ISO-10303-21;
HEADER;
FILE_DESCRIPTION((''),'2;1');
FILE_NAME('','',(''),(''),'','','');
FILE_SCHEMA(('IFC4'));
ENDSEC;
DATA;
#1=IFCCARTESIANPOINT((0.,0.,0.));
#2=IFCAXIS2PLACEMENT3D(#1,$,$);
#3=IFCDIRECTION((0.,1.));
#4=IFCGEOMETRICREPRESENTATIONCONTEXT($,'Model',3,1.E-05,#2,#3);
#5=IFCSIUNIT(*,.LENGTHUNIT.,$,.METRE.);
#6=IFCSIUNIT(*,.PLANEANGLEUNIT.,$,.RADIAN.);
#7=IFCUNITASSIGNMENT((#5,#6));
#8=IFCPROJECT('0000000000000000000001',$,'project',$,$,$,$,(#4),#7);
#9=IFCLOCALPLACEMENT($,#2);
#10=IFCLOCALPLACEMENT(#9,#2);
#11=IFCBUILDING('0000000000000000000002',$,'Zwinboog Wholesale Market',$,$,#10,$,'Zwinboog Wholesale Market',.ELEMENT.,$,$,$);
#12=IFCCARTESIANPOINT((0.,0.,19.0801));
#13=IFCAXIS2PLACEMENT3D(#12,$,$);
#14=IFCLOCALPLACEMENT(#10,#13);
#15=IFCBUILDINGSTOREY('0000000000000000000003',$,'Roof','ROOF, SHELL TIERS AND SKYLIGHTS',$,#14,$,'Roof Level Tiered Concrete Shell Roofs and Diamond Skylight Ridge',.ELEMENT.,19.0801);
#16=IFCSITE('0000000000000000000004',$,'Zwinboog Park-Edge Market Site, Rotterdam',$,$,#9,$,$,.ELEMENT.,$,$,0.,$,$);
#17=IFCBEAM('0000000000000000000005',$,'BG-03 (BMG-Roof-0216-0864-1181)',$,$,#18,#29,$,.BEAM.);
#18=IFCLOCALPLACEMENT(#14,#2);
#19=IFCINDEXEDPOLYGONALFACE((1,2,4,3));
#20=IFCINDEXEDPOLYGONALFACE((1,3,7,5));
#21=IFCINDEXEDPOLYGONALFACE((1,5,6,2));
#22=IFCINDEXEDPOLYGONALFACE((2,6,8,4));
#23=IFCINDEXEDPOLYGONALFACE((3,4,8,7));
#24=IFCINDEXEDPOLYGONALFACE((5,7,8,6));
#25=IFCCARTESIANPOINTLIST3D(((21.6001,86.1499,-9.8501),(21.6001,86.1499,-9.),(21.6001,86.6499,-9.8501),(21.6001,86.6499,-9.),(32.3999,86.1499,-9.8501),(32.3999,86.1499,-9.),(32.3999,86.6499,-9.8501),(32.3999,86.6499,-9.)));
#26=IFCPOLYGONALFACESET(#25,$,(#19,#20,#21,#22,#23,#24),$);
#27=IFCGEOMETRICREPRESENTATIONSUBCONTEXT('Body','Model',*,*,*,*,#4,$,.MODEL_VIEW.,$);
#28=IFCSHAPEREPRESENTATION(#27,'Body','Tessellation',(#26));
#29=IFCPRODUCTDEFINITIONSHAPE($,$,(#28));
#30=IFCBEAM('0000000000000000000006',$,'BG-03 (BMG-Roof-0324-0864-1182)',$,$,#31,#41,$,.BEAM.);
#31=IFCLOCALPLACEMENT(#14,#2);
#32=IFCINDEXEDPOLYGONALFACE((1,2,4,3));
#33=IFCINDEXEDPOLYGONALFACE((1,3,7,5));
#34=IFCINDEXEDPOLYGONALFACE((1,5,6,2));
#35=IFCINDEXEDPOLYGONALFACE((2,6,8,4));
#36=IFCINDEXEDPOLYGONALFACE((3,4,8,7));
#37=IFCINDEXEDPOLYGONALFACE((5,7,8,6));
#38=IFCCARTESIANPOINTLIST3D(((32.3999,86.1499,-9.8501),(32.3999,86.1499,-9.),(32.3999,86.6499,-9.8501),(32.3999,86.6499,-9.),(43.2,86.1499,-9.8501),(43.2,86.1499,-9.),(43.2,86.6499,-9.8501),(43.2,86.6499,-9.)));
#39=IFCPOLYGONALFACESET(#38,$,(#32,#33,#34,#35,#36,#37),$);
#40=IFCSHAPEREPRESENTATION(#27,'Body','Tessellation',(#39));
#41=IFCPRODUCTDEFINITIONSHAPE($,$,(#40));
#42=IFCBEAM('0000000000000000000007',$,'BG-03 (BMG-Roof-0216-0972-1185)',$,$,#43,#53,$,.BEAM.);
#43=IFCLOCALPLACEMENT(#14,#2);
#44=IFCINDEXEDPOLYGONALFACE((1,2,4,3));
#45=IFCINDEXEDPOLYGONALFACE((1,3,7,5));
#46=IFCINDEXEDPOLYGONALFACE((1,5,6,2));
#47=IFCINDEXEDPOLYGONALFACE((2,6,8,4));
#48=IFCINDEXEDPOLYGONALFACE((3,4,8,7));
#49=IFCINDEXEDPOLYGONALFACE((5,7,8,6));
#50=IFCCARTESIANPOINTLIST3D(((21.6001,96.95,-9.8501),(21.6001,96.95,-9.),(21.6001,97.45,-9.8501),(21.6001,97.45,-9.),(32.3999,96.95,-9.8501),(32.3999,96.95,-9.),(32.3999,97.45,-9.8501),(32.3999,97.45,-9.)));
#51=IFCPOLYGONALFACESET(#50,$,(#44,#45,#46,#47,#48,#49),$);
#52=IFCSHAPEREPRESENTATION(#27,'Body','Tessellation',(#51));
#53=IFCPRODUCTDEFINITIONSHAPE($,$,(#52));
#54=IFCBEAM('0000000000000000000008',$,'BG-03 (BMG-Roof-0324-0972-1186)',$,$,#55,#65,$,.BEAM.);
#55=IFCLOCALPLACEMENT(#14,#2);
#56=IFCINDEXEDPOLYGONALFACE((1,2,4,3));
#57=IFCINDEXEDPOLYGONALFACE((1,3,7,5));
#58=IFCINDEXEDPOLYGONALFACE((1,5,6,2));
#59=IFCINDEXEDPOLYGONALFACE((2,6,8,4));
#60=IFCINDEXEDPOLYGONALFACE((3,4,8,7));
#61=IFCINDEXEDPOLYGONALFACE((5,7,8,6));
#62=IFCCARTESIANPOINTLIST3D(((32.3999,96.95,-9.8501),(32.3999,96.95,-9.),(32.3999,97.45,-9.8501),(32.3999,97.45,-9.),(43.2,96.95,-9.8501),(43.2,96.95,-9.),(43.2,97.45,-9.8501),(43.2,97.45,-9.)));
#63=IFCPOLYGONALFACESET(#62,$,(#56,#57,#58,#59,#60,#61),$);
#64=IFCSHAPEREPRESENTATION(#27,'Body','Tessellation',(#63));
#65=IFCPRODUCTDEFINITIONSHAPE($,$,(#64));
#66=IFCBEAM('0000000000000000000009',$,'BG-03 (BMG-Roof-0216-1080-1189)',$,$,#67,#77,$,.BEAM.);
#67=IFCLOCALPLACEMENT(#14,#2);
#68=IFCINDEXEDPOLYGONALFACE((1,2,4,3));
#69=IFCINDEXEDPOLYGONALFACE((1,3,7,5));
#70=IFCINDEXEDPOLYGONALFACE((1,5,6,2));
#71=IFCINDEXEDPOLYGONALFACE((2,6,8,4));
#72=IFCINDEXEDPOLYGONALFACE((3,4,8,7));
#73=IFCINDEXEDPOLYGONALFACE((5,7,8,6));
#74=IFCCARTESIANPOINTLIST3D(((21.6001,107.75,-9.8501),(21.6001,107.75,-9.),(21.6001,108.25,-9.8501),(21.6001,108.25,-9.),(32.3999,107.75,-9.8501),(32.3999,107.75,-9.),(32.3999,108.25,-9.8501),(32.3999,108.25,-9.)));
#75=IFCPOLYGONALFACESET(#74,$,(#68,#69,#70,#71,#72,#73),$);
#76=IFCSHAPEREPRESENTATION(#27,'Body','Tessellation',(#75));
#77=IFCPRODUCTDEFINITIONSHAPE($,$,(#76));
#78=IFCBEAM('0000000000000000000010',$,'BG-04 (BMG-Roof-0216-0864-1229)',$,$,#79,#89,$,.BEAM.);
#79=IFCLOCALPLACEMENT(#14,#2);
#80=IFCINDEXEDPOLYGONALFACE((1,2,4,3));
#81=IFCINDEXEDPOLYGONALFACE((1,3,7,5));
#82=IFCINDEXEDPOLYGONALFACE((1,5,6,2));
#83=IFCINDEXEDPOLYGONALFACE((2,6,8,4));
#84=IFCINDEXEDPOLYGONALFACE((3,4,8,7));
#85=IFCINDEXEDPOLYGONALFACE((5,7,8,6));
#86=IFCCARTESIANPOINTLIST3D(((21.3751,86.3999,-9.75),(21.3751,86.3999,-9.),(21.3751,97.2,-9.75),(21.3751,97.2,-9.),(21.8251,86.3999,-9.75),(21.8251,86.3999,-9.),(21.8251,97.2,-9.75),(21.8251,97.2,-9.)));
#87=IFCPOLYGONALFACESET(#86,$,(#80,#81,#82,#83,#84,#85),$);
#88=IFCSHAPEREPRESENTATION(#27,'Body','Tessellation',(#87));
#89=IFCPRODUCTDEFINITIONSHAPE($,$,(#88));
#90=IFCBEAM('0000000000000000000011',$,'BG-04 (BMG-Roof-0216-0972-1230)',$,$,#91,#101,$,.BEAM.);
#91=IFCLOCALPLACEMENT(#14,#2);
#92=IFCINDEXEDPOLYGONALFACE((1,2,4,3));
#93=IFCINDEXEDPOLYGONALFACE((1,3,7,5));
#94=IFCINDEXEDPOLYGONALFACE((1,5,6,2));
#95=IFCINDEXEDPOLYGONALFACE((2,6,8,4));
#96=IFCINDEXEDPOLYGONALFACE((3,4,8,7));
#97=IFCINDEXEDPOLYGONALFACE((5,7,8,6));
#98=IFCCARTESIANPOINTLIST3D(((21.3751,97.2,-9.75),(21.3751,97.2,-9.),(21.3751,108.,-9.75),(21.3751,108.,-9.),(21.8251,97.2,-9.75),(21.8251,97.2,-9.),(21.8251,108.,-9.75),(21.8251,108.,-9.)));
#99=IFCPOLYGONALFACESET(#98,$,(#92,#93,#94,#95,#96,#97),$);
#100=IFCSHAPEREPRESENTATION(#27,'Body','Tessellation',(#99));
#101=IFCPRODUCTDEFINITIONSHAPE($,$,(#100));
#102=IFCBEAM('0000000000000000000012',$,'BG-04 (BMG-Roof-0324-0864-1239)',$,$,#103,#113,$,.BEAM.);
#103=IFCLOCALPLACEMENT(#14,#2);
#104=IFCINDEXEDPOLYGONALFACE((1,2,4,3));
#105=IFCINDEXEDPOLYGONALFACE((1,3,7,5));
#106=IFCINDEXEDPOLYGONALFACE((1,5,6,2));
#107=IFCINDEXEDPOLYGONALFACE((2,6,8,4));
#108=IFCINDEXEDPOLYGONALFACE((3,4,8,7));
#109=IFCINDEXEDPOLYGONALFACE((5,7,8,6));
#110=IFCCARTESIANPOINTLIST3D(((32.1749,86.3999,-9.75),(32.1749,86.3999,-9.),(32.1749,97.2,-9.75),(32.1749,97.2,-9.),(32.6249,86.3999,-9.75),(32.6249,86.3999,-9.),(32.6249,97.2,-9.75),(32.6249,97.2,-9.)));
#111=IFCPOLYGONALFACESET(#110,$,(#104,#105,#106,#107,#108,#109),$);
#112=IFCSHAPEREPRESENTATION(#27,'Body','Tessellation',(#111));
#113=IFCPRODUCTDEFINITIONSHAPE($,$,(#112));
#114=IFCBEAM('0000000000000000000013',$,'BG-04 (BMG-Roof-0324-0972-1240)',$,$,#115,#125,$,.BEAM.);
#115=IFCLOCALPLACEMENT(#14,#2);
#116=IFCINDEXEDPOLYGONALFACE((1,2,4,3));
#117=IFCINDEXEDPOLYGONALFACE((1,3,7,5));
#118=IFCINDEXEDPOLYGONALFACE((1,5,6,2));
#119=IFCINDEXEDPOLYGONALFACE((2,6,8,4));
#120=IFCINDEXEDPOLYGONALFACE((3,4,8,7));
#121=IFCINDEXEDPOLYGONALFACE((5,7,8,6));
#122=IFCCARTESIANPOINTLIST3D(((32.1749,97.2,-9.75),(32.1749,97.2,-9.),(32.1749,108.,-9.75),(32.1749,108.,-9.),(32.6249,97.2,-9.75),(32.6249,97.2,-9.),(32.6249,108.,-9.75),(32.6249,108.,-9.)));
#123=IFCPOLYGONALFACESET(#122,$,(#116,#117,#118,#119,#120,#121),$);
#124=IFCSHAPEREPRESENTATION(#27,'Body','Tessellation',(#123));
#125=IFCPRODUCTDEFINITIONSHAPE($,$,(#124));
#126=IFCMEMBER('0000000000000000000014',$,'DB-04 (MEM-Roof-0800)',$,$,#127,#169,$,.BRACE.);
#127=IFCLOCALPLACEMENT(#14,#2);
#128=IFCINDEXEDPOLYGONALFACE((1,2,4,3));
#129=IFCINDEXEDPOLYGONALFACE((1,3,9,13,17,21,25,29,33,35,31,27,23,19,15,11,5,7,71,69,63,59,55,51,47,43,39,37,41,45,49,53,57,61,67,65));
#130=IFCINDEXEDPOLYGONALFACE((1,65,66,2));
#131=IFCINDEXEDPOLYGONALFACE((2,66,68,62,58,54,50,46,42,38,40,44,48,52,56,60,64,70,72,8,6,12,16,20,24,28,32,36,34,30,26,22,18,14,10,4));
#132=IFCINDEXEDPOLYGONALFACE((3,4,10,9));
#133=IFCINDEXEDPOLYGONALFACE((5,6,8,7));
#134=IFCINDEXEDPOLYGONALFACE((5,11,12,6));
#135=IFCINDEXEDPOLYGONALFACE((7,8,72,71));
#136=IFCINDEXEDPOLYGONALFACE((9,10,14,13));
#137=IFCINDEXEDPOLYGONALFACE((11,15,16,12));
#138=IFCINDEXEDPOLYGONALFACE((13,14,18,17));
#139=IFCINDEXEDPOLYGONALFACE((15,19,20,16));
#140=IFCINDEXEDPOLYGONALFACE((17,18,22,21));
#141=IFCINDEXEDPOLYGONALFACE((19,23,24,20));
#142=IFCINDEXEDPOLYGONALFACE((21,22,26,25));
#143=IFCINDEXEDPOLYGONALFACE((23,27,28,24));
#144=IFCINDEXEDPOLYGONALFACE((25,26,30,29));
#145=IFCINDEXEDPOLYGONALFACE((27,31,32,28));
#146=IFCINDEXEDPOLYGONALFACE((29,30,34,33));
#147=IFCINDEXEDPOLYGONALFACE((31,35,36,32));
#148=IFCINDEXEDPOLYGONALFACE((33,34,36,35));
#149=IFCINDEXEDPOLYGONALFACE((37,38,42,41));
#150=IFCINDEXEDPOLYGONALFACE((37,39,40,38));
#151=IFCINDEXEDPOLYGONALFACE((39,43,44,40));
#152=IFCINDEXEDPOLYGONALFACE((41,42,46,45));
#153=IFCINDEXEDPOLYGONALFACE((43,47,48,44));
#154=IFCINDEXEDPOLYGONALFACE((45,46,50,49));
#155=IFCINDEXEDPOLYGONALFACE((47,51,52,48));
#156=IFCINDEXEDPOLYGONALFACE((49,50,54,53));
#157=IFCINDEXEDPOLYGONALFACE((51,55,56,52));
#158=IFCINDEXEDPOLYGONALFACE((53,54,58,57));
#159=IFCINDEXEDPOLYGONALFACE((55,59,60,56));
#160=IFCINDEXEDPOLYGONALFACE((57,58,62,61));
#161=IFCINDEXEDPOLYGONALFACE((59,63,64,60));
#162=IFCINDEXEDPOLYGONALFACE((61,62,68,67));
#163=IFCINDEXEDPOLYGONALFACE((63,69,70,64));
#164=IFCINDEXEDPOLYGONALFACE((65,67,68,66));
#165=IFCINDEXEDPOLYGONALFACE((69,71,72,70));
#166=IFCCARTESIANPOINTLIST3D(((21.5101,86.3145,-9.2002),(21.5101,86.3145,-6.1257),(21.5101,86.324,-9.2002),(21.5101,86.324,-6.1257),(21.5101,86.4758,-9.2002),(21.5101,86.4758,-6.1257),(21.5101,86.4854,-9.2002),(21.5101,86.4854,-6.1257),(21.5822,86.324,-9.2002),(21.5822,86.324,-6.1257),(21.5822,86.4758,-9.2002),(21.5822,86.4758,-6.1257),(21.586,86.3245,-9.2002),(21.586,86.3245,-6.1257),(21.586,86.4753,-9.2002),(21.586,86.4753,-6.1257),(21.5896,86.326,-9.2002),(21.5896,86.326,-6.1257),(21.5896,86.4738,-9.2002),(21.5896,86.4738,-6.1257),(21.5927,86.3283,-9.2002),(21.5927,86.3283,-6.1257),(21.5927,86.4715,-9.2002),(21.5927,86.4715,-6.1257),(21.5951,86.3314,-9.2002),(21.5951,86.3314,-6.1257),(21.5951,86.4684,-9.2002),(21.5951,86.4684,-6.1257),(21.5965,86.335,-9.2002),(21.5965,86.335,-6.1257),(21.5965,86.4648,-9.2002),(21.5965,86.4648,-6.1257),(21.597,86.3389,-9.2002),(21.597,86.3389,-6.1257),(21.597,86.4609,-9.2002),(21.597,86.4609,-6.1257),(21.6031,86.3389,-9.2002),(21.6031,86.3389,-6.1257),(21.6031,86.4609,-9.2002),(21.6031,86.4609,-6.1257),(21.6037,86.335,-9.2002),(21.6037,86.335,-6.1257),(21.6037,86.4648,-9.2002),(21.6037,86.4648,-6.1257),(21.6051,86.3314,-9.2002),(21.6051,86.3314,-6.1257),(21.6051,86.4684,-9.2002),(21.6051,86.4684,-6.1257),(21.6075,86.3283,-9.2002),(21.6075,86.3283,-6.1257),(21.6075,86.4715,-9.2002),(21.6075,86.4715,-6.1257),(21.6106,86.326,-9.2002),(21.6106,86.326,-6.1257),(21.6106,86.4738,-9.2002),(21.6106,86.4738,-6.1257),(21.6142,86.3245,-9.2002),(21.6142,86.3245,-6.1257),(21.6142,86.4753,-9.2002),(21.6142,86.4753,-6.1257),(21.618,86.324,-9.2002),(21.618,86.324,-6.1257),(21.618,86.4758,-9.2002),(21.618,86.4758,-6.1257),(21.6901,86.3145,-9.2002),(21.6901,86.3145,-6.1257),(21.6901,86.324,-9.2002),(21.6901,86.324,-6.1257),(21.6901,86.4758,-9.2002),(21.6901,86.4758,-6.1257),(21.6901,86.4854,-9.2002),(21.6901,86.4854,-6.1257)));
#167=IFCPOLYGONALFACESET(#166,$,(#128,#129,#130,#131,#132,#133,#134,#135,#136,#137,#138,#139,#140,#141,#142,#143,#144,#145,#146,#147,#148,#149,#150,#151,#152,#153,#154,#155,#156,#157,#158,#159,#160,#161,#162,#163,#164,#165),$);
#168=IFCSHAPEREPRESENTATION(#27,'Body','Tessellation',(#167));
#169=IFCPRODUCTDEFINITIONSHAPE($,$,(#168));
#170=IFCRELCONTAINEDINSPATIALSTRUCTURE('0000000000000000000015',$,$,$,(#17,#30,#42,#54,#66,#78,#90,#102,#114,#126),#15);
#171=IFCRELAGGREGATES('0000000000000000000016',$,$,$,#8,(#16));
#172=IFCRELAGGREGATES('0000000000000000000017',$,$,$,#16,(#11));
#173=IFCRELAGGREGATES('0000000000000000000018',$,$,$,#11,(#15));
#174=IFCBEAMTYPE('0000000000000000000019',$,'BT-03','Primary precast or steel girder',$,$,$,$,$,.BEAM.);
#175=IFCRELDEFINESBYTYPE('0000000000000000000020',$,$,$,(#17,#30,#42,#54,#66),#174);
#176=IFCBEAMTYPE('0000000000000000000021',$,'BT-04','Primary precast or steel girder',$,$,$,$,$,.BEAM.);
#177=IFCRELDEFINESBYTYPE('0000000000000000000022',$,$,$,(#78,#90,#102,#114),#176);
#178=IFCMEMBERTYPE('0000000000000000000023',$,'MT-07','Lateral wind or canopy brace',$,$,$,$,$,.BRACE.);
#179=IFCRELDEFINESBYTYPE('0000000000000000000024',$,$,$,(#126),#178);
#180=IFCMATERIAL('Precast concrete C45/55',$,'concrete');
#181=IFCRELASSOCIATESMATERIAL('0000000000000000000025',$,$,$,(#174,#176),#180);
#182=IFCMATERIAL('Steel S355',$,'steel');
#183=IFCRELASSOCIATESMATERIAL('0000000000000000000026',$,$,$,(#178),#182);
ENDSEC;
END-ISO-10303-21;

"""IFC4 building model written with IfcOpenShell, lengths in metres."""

from ifc_helpers import new_model, si_unit, direction, frame, origin, origin_2d, place, context, subcontext, project, spatial, rectangle, i_section, extrude, material, material_profile, profile_set, type_object, element, save


model = new_model("IFC4")

# Units and contexts
model_context = context("Model", 3, precision=1e-05, world=origin(), true_north=direction((0.0, 1.0)))
body_context = subcontext(model_context, "Body", "Model", "MODEL_VIEW")
ifc_project = project(units=[si_unit("LENGTHUNIT", "METRE"), si_unit("PLANEANGLEUNIT", "RADIAN")], contexts=[model_context])

# Site, building, storey
site_placement = place(None, origin())
site = spatial("IfcSite", under=ifc_project, at=site_placement, Name="Zwinboog Park-Edge Market Site, Rotterdam", CompositionType="ELEMENT", RefElevation=0.0)
building_placement = place(site_placement, origin())
building = spatial("IfcBuilding", under=site, at=building_placement, Name="Zwinboog Wholesale Market", LongName="Zwinboog Wholesale Market", CompositionType="ELEMENT")
storey_placement = place(building_placement, frame((0.0, 0.0, 19.0801)))
storey = spatial("IfcBuildingStorey", under=building, at=storey_placement, Name="Roof", Description="ROOF, SHELL TIERS AND SKYLIGHTS", LongName="Roof Level Tiered Concrete Shell Roofs and Diamond Skylight Ridge", CompositionType="ELEMENT", Elevation=19.0801)

# Beams
ifc_material_1 = material(Name="Precast concrete C45/55", Category="concrete")
ifc_material_profile_1 = material_profile(ifc_material_1, rectangle(XDim=0.5, YDim=0.8501, at=origin_2d()), Name="PC 500x850")
ifc_profile_set_1 = profile_set([ifc_material_profile_1], Name="Precast concrete C45/55")
beam_type_1 = type_object("IfcBeamType", Name="BT-03", Description="Primary precast or steel girder", PredefinedType="BEAM", material=ifc_profile_set_1)
beam_1_placement = place(storey_placement, frame((21.6001, 86.3999, -9.425), z_axis=(1.0, 0.0, 0.0), x_axis=(0.0, 1.0, 0.0)))
element("IfcBeam", 1, at=beam_1_placement, inside=storey, type_object=beam_type_1, Name="BG-03 (BMG-Roof-0216-0864-1181)", PredefinedType="BEAM", context=body_context, shape_type="SweptSolid", body=[
    extrude(rectangle(XDim=0.5, YDim=0.8501, at=origin_2d()), origin(), (0.0, 0.0, 1.0), 10.7998),
])
beam_2_placement = place(storey_placement, frame((32.3999, 86.3999, -9.425), z_axis=(1.0, 0.0, 0.0), x_axis=(0.0, 1.0, 0.0)))
element("IfcBeam", 2, at=beam_2_placement, inside=storey, type_object=beam_type_1, Name="BG-03 (BMG-Roof-0324-0864-1182)", PredefinedType="BEAM", context=body_context, shape_type="SweptSolid", body=[
    extrude(rectangle(XDim=0.5, YDim=0.8501, at=origin_2d()), origin(), (0.0, 0.0, 1.0), 10.8),
])
beam_3_placement = place(storey_placement, frame((21.6001, 97.2, -9.425), z_axis=(1.0, 0.0, 0.0), x_axis=(0.0, 1.0, 0.0)))
element("IfcBeam", 3, at=beam_3_placement, inside=storey, type_object=beam_type_1, Name="BG-03 (BMG-Roof-0216-0972-1185)", PredefinedType="BEAM", context=body_context, shape_type="SweptSolid", body=[
    extrude(rectangle(XDim=0.5, YDim=0.8501, at=origin_2d()), origin(), (0.0, 0.0, 1.0), 10.7998),
])
beam_4_placement = place(storey_placement, frame((32.3999, 97.2, -9.425), z_axis=(1.0, 0.0, 0.0), x_axis=(0.0, 1.0, 0.0)))
element("IfcBeam", 4, at=beam_4_placement, inside=storey, type_object=beam_type_1, Name="BG-03 (BMG-Roof-0324-0972-1186)", PredefinedType="BEAM", context=body_context, shape_type="SweptSolid", body=[
    extrude(rectangle(XDim=0.5, YDim=0.8501, at=origin_2d()), origin(), (0.0, 0.0, 1.0), 10.8),
])
beam_5_placement = place(storey_placement, frame((21.6001, 108.0, -9.425), z_axis=(1.0, 0.0, 0.0), x_axis=(0.0, 1.0, 0.0)))
element("IfcBeam", 5, at=beam_5_placement, inside=storey, type_object=beam_type_1, Name="BG-03 (BMG-Roof-0216-1080-1189)", PredefinedType="BEAM", context=body_context, shape_type="SweptSolid", body=[
    extrude(rectangle(XDim=0.5, YDim=0.8501, at=origin_2d()), origin(), (0.0, 0.0, 1.0), 10.7998),
])
ifc_material_profile_2 = material_profile(ifc_material_1, rectangle(XDim=0.45, YDim=0.75, at=origin_2d()), Name="PC 450x750")
ifc_profile_set_2 = profile_set([ifc_material_profile_2], Name="Precast concrete C45/55")
beam_type_2 = type_object("IfcBeamType", Name="BT-04", Description="Primary precast or steel girder", PredefinedType="BEAM", material=ifc_profile_set_2)
for number, where, z_axis, x_axis, name in (
    (6, (21.6001, 86.3999, -9.375), (0.0, 1.0, 0.0), (-1.0, 0.0, 0.0), "BG-04 (BMG-Roof-0216-0864-1229)"),
    (7, (21.6001, 97.2, -9.375), (0.0, 1.0, 0.0), (-1.0, 0.0, 0.0), "BG-04 (BMG-Roof-0216-0972-1230)"),
    (8, (32.3999, 86.3999, -9.375), (0.0, 1.0, 0.0), (-1.0, 0.0, 0.0), "BG-04 (BMG-Roof-0324-0864-1239)"),
    (9, (32.3999, 97.2, -9.375), (0.0, 1.0, 0.0), (-1.0, 0.0, 0.0), "BG-04 (BMG-Roof-0324-0972-1240)"),
):
    element("IfcBeam", number, at=place(storey_placement, frame(where, z_axis=z_axis, x_axis=x_axis)), inside=storey, type_object=beam_type_2, Name=name, PredefinedType="BEAM", context=body_context, shape_type="SweptSolid", body=[
        extrude(rectangle(XDim=0.45, YDim=0.75, at=origin_2d()), origin(), (0.0, 0.0, 1.0), 10.8),
    ])

# Member
ifc_material_2 = material(Name="Steel S355", Category="steel")
ifc_material_profile_3 = material_profile(ifc_material_2, i_section(OverallWidth=0.1799, OverallDepth=0.1709, WebThickness=0.0061, FlangeThickness=0.0095, FilletRadius=0.0149, at=origin_2d()), Name="HEA 180")
ifc_profile_set_3 = profile_set([ifc_material_profile_3], Name="Steel S355")
member_type_1 = type_object("IfcMemberType", Name="MT-07", Description="Lateral wind or canopy brace", PredefinedType="BRACE", material=ifc_profile_set_3)
member_1_placement = place(storey_placement, frame((21.6001, 86.3999, -9.2002), z_axis=(0.0, 0.0, 1.0), x_axis=(1.0, 0.0, 0.0)))
element("IfcMember", 10, at=member_1_placement, inside=storey, type_object=member_type_1, Name="DB-04 (MEM-Roof-0800)", PredefinedType="BRACE", context=body_context, shape_type="SweptSolid", body=[
    extrude(i_section(OverallWidth=0.1799, OverallDepth=0.1709, WebThickness=0.0061, FlangeThickness=0.0095, FilletRadius=0.0149, at=origin_2d()), origin(), (0.0, 0.0, 1.0), 3.0745),
])

save(model, "model.ifc")
